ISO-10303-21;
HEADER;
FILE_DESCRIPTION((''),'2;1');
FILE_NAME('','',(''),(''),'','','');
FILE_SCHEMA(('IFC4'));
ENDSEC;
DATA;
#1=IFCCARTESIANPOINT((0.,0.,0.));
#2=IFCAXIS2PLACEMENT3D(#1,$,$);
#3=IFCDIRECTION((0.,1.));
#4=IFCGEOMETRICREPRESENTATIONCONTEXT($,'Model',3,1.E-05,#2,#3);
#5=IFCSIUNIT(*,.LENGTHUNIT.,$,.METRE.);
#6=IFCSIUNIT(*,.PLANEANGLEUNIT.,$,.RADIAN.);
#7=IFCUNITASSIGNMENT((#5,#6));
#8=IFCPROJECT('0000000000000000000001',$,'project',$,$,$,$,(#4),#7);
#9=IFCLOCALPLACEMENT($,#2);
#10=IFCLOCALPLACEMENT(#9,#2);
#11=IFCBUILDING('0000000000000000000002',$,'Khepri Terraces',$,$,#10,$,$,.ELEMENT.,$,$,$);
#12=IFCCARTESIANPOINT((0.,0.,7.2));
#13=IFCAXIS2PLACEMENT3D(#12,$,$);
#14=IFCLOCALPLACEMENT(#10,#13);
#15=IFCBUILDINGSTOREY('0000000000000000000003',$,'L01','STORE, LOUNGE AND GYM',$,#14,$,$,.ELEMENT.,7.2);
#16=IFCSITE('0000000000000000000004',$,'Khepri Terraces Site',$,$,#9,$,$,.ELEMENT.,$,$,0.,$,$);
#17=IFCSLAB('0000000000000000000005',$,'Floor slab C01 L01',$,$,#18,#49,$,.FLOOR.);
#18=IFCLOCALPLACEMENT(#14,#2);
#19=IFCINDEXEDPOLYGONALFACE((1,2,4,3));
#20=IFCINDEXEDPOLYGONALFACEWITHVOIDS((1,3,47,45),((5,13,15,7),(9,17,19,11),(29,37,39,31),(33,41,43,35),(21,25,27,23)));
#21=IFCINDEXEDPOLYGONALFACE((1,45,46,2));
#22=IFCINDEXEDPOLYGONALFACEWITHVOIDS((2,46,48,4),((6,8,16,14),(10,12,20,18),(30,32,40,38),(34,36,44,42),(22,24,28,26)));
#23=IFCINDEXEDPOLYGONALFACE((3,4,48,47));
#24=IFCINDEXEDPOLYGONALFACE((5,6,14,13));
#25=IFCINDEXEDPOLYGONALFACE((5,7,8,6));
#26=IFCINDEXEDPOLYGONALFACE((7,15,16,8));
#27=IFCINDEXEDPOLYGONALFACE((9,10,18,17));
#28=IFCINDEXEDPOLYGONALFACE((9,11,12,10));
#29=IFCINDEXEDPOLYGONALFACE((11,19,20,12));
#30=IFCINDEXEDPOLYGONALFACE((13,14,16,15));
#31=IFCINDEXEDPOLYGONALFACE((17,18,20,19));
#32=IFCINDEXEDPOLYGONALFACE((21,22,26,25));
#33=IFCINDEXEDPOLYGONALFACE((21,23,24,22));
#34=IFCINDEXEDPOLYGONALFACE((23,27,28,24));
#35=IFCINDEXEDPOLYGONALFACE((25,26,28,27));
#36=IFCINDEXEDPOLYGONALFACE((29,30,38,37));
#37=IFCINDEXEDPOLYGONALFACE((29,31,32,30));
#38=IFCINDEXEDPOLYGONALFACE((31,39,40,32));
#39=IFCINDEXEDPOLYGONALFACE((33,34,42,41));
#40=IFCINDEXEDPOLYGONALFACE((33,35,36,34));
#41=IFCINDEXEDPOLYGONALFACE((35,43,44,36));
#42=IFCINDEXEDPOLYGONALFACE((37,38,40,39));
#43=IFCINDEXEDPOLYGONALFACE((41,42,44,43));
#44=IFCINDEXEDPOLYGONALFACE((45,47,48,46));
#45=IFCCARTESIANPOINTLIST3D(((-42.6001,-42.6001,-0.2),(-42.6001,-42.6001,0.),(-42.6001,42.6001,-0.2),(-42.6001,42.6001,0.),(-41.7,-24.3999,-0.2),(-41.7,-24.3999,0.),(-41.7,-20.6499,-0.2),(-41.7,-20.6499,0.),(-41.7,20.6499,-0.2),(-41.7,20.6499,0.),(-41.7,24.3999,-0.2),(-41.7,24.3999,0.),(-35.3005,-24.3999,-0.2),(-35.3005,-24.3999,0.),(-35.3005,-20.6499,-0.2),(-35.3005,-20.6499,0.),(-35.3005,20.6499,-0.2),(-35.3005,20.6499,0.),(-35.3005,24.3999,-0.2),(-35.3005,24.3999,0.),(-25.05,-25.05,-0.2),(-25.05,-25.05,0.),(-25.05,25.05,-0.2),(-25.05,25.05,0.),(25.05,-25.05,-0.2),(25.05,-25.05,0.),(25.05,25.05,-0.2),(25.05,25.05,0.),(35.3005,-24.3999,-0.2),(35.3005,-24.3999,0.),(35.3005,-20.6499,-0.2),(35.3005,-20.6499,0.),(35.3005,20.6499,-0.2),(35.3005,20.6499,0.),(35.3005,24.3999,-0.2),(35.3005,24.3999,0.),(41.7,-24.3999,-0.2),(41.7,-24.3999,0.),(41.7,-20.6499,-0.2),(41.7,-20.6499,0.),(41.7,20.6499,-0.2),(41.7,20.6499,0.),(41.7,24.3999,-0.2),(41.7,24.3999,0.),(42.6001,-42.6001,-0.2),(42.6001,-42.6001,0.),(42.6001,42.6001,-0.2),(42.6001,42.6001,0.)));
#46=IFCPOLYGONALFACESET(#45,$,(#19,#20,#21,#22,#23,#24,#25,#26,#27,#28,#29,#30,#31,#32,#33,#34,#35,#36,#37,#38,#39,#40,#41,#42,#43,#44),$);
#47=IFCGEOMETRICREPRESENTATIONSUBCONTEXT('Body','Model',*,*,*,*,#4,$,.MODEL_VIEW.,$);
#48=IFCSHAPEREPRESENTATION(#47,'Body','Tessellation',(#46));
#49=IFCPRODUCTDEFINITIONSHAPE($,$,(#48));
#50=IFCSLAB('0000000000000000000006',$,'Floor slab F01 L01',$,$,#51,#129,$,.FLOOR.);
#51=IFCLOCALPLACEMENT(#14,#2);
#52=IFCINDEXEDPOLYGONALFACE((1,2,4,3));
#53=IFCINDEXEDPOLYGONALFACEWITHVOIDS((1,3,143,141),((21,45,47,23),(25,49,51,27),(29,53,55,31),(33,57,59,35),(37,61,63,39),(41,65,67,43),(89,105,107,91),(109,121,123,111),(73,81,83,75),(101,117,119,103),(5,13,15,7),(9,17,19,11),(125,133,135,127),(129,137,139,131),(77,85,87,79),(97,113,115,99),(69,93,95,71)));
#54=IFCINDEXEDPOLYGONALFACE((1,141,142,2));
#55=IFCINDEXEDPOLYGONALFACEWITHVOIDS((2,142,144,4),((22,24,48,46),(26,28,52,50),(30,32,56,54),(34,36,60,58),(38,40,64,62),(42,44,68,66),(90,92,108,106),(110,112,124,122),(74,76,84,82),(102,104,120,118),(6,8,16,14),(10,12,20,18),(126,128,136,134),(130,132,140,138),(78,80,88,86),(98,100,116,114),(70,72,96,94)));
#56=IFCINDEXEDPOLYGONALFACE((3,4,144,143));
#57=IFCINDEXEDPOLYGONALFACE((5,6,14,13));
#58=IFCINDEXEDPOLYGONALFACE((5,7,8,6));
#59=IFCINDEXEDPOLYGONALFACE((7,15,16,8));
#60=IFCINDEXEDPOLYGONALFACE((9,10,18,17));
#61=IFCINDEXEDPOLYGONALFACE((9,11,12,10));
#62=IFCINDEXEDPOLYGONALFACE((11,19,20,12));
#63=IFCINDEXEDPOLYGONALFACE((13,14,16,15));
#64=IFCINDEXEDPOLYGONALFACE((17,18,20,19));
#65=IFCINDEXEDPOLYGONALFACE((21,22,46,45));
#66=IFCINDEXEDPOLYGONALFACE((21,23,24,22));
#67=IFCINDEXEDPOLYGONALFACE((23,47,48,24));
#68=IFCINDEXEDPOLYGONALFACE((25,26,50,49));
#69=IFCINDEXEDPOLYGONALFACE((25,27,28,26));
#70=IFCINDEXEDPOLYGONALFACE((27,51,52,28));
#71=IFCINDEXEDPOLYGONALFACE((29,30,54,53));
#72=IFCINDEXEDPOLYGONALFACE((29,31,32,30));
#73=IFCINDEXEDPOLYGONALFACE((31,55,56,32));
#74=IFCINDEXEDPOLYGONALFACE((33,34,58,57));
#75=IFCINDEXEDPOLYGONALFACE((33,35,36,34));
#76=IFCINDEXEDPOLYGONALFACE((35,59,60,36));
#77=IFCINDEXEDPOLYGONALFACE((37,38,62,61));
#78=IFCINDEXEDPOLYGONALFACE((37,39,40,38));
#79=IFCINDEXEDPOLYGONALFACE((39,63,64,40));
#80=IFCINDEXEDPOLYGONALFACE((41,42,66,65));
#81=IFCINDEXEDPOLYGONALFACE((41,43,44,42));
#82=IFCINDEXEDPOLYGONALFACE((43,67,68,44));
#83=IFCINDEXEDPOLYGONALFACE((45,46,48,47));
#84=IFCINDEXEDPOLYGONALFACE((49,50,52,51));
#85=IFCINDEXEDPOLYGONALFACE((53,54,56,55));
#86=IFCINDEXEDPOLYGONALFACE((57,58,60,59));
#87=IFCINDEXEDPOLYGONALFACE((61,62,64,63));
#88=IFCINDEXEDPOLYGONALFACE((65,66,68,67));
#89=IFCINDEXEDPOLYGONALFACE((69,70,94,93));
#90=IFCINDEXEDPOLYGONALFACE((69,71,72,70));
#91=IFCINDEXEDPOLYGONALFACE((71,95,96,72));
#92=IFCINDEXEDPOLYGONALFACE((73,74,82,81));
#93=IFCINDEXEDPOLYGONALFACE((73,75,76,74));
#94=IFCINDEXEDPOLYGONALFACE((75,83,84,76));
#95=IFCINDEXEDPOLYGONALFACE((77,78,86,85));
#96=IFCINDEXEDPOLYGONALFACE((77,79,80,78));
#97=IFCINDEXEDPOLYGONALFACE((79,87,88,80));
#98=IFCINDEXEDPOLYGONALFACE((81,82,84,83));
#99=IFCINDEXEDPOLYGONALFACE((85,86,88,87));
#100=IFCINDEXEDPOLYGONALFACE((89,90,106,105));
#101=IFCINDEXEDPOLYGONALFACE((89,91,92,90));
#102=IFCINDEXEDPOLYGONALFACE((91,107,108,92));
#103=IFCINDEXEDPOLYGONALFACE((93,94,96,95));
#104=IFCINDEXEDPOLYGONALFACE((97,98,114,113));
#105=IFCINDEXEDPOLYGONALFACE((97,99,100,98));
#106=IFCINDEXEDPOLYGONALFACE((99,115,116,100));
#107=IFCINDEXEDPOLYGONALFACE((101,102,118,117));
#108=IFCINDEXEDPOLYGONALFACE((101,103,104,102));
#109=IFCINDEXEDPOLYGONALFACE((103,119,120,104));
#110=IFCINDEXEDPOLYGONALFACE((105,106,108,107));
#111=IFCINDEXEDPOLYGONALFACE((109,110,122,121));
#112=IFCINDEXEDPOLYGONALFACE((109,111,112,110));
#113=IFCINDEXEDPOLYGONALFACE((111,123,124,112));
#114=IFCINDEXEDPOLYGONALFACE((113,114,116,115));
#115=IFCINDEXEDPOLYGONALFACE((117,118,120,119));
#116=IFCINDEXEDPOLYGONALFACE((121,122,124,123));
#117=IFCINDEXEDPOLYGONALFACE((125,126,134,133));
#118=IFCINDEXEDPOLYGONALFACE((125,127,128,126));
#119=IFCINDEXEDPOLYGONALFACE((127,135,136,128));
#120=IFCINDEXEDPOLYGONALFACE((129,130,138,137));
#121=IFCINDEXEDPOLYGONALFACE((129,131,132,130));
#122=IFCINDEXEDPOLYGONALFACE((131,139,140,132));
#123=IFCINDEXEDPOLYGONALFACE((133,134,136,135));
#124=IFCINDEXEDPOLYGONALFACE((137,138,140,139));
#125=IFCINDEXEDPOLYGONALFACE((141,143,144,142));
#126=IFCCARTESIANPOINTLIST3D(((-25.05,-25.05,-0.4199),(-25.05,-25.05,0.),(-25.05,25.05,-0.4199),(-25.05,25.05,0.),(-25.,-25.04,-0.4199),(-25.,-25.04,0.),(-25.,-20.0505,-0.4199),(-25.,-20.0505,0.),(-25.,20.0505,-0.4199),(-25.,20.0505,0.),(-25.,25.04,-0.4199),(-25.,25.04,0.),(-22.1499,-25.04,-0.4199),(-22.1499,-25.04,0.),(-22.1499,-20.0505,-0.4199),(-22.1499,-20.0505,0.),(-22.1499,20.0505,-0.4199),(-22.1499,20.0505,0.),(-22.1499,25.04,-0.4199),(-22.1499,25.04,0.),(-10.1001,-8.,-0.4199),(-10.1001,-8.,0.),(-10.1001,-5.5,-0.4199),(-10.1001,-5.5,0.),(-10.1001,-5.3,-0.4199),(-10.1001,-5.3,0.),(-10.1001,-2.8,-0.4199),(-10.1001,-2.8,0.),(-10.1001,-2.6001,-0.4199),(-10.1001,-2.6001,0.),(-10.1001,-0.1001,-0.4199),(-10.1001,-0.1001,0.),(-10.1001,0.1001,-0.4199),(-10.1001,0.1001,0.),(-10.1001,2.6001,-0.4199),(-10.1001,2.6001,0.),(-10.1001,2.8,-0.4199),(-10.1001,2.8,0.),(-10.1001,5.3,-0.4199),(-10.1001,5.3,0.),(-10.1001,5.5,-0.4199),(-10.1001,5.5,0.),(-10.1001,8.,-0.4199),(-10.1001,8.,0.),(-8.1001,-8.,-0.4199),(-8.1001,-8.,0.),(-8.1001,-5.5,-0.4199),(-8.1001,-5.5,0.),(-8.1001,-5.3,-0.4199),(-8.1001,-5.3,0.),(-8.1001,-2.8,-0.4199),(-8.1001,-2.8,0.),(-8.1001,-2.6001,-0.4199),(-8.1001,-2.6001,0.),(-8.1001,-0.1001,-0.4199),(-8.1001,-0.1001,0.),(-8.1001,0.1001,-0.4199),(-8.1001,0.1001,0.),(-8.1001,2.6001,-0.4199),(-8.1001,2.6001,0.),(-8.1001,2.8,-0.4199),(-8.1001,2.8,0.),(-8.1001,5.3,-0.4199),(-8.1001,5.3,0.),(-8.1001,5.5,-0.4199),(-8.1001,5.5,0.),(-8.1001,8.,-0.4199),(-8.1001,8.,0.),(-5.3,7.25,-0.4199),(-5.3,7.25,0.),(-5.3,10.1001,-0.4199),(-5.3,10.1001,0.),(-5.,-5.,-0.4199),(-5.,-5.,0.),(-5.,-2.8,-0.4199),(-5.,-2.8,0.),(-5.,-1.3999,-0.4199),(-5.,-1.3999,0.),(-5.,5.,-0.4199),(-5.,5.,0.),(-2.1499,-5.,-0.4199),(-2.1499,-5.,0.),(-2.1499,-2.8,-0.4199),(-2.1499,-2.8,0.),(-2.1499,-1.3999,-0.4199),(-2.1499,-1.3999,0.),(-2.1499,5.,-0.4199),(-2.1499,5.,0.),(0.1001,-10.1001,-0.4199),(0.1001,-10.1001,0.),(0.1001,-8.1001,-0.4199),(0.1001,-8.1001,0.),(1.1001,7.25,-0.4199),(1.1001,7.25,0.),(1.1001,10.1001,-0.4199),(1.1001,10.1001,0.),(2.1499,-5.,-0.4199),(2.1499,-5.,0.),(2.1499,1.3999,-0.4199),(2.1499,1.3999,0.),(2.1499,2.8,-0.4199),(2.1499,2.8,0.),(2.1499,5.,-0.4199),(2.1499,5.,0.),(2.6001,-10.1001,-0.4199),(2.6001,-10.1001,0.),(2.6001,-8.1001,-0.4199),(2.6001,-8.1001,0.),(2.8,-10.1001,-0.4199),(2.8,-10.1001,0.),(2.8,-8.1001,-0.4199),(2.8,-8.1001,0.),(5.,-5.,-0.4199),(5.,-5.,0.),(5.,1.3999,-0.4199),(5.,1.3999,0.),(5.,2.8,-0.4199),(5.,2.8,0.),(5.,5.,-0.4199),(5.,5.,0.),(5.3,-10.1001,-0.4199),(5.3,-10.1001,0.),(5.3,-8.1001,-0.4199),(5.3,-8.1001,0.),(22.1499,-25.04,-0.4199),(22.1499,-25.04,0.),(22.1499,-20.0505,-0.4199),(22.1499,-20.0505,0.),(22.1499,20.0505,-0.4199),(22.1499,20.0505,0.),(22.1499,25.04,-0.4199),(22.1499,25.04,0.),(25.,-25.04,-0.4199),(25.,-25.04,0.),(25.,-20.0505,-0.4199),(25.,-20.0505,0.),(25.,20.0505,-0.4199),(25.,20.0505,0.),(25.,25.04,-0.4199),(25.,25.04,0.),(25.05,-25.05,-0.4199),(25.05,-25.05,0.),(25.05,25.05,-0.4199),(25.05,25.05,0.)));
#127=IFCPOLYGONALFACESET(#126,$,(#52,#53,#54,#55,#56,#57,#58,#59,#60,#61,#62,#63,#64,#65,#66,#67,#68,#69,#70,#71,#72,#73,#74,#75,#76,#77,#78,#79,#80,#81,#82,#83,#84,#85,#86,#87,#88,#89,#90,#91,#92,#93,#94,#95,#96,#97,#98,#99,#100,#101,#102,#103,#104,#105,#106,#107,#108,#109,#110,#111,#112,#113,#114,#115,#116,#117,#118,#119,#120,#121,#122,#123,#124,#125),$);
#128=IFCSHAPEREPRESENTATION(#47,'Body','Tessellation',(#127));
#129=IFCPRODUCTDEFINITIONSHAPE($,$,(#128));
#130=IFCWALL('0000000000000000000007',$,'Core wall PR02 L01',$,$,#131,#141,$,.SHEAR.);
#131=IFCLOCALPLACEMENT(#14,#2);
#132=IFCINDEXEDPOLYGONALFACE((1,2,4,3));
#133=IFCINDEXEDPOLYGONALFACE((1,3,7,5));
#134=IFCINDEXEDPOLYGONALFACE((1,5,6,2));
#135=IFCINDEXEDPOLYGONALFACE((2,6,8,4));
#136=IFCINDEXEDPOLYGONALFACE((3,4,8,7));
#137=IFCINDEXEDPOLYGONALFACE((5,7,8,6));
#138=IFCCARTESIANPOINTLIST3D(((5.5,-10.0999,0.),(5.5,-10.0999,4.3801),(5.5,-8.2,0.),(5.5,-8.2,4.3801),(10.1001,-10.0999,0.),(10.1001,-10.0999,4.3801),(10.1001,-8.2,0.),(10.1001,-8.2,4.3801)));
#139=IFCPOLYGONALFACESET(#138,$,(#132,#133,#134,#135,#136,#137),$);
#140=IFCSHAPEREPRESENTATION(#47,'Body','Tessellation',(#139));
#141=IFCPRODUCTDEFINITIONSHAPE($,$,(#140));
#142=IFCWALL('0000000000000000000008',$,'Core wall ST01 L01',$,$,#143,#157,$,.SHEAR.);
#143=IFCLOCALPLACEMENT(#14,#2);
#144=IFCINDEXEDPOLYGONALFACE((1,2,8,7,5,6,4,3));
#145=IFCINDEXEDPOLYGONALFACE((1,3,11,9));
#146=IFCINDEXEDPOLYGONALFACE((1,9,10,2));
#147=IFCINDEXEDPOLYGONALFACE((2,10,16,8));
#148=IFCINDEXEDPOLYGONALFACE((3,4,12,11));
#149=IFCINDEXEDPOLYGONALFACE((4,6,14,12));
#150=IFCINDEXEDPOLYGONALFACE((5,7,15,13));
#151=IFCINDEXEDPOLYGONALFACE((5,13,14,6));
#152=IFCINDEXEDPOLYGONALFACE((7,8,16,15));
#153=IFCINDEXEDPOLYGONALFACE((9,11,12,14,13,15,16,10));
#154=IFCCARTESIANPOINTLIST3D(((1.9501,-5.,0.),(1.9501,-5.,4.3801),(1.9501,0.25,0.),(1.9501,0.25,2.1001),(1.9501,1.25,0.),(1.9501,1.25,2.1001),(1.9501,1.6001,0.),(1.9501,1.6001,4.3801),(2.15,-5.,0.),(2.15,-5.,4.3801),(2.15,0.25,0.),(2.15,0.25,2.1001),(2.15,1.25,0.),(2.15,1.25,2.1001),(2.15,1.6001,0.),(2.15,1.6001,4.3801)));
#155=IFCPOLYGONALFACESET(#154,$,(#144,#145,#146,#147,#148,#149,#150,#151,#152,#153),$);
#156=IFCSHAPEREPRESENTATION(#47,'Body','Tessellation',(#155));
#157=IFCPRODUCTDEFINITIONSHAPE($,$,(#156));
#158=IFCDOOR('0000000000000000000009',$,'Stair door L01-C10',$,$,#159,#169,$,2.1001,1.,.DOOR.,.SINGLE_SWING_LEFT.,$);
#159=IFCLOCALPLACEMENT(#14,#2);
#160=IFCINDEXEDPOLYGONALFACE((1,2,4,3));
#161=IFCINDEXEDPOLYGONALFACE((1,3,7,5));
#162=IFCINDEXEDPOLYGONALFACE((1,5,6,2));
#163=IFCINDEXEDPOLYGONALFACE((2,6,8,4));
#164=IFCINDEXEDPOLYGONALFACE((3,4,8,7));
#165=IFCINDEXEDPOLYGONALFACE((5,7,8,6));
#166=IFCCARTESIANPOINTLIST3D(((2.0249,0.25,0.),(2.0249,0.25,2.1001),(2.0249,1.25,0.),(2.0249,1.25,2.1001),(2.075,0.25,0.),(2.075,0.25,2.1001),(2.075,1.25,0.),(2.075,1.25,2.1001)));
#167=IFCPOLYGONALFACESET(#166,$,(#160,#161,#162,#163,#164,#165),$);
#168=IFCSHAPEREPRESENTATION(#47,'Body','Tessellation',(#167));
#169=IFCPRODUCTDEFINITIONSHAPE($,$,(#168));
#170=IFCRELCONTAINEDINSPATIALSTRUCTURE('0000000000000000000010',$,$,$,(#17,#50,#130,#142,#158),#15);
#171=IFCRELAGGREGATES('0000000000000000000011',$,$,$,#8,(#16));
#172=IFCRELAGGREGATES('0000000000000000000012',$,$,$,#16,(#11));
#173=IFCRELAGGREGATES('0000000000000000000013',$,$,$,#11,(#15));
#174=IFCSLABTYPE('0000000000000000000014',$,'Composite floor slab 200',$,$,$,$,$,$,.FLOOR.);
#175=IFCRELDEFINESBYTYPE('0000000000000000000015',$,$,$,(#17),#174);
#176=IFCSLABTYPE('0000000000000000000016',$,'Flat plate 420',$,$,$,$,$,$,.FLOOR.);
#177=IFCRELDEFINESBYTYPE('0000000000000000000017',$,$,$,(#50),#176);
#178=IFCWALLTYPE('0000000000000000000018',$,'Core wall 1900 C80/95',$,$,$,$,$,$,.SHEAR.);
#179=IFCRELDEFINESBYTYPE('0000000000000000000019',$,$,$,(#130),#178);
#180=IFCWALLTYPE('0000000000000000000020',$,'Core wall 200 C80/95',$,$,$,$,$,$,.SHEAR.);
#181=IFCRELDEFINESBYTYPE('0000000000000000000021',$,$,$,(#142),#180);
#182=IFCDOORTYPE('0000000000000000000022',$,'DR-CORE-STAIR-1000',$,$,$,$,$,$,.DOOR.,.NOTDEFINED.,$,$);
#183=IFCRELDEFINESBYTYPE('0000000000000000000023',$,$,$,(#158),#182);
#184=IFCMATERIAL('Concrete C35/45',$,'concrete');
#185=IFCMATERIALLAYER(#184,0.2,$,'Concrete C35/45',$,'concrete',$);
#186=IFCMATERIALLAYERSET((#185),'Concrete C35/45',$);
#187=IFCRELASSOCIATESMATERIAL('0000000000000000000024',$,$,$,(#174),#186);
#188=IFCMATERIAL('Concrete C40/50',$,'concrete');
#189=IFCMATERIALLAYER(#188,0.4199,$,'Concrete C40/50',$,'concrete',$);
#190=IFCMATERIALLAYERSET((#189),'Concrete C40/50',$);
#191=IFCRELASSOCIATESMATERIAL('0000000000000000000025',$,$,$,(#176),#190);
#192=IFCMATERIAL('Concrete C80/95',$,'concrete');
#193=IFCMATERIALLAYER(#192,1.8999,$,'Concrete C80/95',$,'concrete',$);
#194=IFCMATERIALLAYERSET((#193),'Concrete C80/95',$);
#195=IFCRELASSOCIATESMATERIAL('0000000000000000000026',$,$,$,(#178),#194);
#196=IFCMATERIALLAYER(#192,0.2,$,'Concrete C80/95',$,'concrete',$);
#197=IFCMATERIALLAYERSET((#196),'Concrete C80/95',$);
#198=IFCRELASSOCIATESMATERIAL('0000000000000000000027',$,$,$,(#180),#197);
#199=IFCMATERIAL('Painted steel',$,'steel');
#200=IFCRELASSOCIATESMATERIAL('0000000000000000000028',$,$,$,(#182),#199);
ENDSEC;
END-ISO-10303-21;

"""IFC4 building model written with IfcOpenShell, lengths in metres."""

from ifc_helpers import new_model, si_unit, direction, frame, frame_2d, origin, place, context, subcontext, project, spatial, polyline, rectangle, outline, extrude, material, layer, layer_set, type_object, element, fill, save


model = new_model("IFC4")

# Units and contexts
model_context = context("Model", 3, precision=1e-05, world=origin(), true_north=direction((0.0, 1.0)))
body_context = subcontext(model_context, "Body", "Model", "MODEL_VIEW")
ifc_project = project(units=[si_unit("LENGTHUNIT", "METRE"), si_unit("PLANEANGLEUNIT", "RADIAN")], contexts=[model_context])

# Site, building, storey
site_placement = place(None, origin())
site = spatial("IfcSite", under=ifc_project, at=site_placement, Name="Khepri Terraces Site", CompositionType="ELEMENT", RefElevation=0.0)
building_placement = place(site_placement, origin())
building = spatial("IfcBuilding", under=site, at=building_placement, Name="Khepri Terraces", CompositionType="ELEMENT")
storey_placement = place(building_placement, frame((0.0, 0.0, 7.2)))
storey = spatial("IfcBuildingStorey", under=building, at=storey_placement, Name="L01", Description="STORE, LOUNGE AND GYM", CompositionType="ELEMENT", Elevation=7.2)

# Slabs
ifc_material_1 = material(Name="Concrete C35/45", Category="concrete")
ifc_layer_1 = layer(ifc_material_1, 0.2, Name="Concrete C35/45", Category="concrete")
ifc_layer_set_1 = layer_set([ifc_layer_1], Name="Concrete C35/45")
slab_type_1 = type_object("IfcSlabType", Name="Composite floor slab 200", PredefinedType="FLOOR", material=ifc_layer_set_1)
slab_1_placement = place(storey_placement, frame((0.0, 0.0, -0.2)))
element("IfcSlab", 1, at=slab_1_placement, inside=storey, type_object=slab_type_1, Name="Floor slab C01 L01", PredefinedType="FLOOR", context=body_context, shape_type="SweptSolid", body=[
    extrude(outline(polyline([(-42.6001, -42.6001), (-42.6001, 42.6001), (42.6001, 42.6001), (42.6001, -42.6001), (-42.6001, -42.6001)]), holes=[polyline([(25.05, 25.05), (-25.05, 25.05), (-25.05, -25.05), (25.05, -25.05), (25.05, 25.05)]), polyline([(-41.7, 20.6499), (-35.3005, 20.6499), (-35.3005, 24.3999), (-41.7, 24.3999), (-41.7, 20.6499)]), polyline([(41.7, 20.6499), (41.7, 24.3999), (35.3005, 24.3999), (35.3005, 20.6499), (41.7, 20.6499)]), polyline([(-35.3005, -20.6499), (-41.7, -20.6499), (-41.7, -24.3999), (-35.3005, -24.3999), (-35.3005, -20.6499)]), polyline([(35.3005, -20.6499), (35.3005, -24.3999), (41.7, -24.3999), (41.7, -20.6499), (35.3005, -20.6499)])]), origin(), (0.0, 0.0, 1.0), 0.2),
])
ifc_material_2 = material(Name="Concrete C40/50", Category="concrete")
ifc_layer_2 = layer(ifc_material_2, 0.4199, Name="Concrete C40/50", Category="concrete")
ifc_layer_set_2 = layer_set([ifc_layer_2], Name="Concrete C40/50")
slab_type_2 = type_object("IfcSlabType", Name="Flat plate 420", PredefinedType="FLOOR", material=ifc_layer_set_2)
slab_2_placement = place(storey_placement, frame((0.0, 0.0, -0.4199)))
element("IfcSlab", 2, at=slab_2_placement, inside=storey, type_object=slab_type_2, Name="Floor slab F01 L01", PredefinedType="FLOOR", context=body_context, shape_type="SweptSolid", body=[
    extrude(outline(polyline([(-25.05, 25.05), (25.05, 25.05), (25.05, -25.05), (-25.05, -25.05), (-25.05, 25.05)]), holes=[polyline([(5.0, 5.0), (2.1499, 5.0), (2.1499, 2.8), (5.0, 2.8), (5.0, 5.0)]), polyline([(-2.1499, -5.0), (-2.1499, -2.8), (-5.0, -2.8), (-5.0, -5.0), (-2.1499, -5.0)]), polyline([(-10.1001, -8.0), (-8.1001, -8.0), (-8.1001, -5.5), (-10.1001, -5.5), (-10.1001, -8.0)]), polyline([(-10.1001, -2.8), (-10.1001, -5.3), (-8.1001, -5.3), (-8.1001, -2.8), (-10.1001, -2.8)]), polyline([(-8.1001, -0.1001), (-10.1001, -0.1001), (-10.1001, -2.6001), (-8.1001, -2.6001), (-8.1001, -0.1001)]), polyline([(-8.1001, 0.1001), (-8.1001, 2.6001), (-10.1001, 2.6001), (-10.1001, 0.1001), (-8.1001, 0.1001)]), polyline([(-10.1001, 2.8), (-8.1001, 2.8), (-8.1001, 5.3), (-10.1001, 5.3), (-10.1001, 2.8)]), polyline([(-10.1001, 8.0), (-10.1001, 5.5), (-8.1001, 5.5), (-8.1001, 8.0), (-10.1001, 8.0)]), polyline([(2.6001, -8.1001), (0.1001, -8.1001), (0.1001, -10.1001), (2.6001, -10.1001), (2.6001, -8.1001)]), polyline([(5.3, -10.1001), (5.3, -8.1001), (2.8, -8.1001), (2.8, -10.1001), (5.3, -10.1001)]), polyline([(-5.0, -1.3999), (-2.1499, -1.3999), (-2.1499, 5.0), (-5.0, 5.0), (-5.0, -1.3999)]), polyline([(5.0, -5.0), (5.0, 1.3999), (2.1499, 1.3999), (2.1499, -5.0), (5.0, -5.0)]), polyline([(-5.3, 10.1001), (-5.3, 7.25), (1.1001, 7.25), (1.1001, 10.1001), (-5.3, 10.1001)]), polyline([(22.1499, 25.04), (22.1499, 20.0505), (25.0, 20.0505), (25.0, 25.04), (22.1499, 25.04)]), polyline([(-22.1499, 25.04), (-25.0, 25.04), (-25.0, 20.0505), (-22.1499, 20.0505), (-22.1499, 25.04)]), polyline([(22.1499, -20.0505), (22.1499, -25.04), (25.0, -25.04), (25.0, -20.0505), (22.1499, -20.0505)]), polyline([(-22.1499, -20.0505), (-25.0, -20.0505), (-25.0, -25.04), (-22.1499, -25.04), (-22.1499, -20.0505)])]), origin(), (0.0, 0.0, 1.0), 0.4199),
])

# Wall
ifc_material_3 = material(Name="Concrete C80/95", Category="concrete")
ifc_layer_3 = layer(ifc_material_3, 1.8999, Name="Concrete C80/95", Category="concrete")
ifc_layer_set_3 = layer_set([ifc_layer_3], Name="Concrete C80/95")
wall_type_1 = type_object("IfcWallType", Name="Core wall 1900 C80/95", PredefinedType="SHEAR", material=ifc_layer_set_3)
wall_1_placement = place(storey_placement, frame((5.5, -9.1499, 0.0), z_axis=(0.0, 0.0, 1.0), x_axis=(1.0, 0.0, 0.0)))
element("IfcWall", 3, at=wall_1_placement, inside=storey, type_object=wall_type_1, Name="Core wall PR02 L01", PredefinedType="SHEAR", context=body_context, shape_type="SweptSolid", body=[
    extrude(rectangle(XDim=4.6001, YDim=1.8999, at=frame_2d((2.3, 0.0))), origin(), (0.0, 0.0, 1.0), 4.3801),
])

# Wall, opening, door
ifc_layer_4 = layer(ifc_material_3, 0.2, Name="Concrete C80/95", Category="concrete")
ifc_layer_set_4 = layer_set([ifc_layer_4], Name="Concrete C80/95")
wall_type_2 = type_object("IfcWallType", Name="Core wall 200 C80/95", PredefinedType="SHEAR", material=ifc_layer_set_4)
wall_2_placement = place(storey_placement, frame((2.05, -5.0, 0.0), z_axis=(0.0, 0.0, 1.0), x_axis=(0.0, 1.0, 0.0)))
wall_2 = element("IfcWall", 4, at=wall_2_placement, inside=storey, type_object=wall_type_2, Name="Core wall ST01 L01", PredefinedType="SHEAR", context=body_context, shape_type="SweptSolid", body=[
    extrude(rectangle(XDim=6.6001, YDim=0.2, at=frame_2d((3.3, 0.0))), origin(), (0.0, 0.0, 1.0), 4.3801),
])
opening_1_placement = place(wall_2_placement, frame((5.25, 0.0, 0.0)))
opening_1 = element("IfcOpeningElement", 5, at=opening_1_placement, cuts=wall_2, PredefinedType="OPENING", context=body_context, shape_type="SweptSolid", body=[
    extrude(rectangle(XDim=1.0, YDim=2.1001, at=frame_2d((0.5, 1.05))), frame((0.0, 0.1099, 0.0), z_axis=(0.0, -1.0, 0.0), x_axis=(1.0, 0.0, 0.0)), (0.0, 0.0, 1.0), 0.22),
])
ifc_material_4 = material(Name="Painted steel", Category="steel")
door_type_1 = type_object("IfcDoorType", Name="DR-CORE-STAIR-1000", OperationType="NOTDEFINED", PredefinedType="DOOR", material=ifc_material_4)
door_1_placement = place(opening_1_placement, frame((1.0, 0.0, 0.0), z_axis=(0.0, 0.0, 1.0), x_axis=(-1.0, 0.0, 0.0)))
door_1 = element("IfcDoor", 6, at=door_1_placement, inside=storey, type_object=door_type_1, Name="Stair door L01-C10", OperationType="SINGLE_SWING_LEFT", OverallHeight=2.1001, OverallWidth=1.0, PredefinedType="DOOR", context=body_context, shape_type="SweptSolid", body=[
    extrude(rectangle(XDim=1.0, YDim=2.1001, at=frame_2d((0.5, 1.05))), frame((0.0, 0.0249, 0.0), z_axis=(0.0, -1.0, 0.0), x_axis=(1.0, 0.0, 0.0)), (0.0, 0.0, 1.0), 0.05),
])
fill(opening_1, door_1)

save(model, "model.ifc")
